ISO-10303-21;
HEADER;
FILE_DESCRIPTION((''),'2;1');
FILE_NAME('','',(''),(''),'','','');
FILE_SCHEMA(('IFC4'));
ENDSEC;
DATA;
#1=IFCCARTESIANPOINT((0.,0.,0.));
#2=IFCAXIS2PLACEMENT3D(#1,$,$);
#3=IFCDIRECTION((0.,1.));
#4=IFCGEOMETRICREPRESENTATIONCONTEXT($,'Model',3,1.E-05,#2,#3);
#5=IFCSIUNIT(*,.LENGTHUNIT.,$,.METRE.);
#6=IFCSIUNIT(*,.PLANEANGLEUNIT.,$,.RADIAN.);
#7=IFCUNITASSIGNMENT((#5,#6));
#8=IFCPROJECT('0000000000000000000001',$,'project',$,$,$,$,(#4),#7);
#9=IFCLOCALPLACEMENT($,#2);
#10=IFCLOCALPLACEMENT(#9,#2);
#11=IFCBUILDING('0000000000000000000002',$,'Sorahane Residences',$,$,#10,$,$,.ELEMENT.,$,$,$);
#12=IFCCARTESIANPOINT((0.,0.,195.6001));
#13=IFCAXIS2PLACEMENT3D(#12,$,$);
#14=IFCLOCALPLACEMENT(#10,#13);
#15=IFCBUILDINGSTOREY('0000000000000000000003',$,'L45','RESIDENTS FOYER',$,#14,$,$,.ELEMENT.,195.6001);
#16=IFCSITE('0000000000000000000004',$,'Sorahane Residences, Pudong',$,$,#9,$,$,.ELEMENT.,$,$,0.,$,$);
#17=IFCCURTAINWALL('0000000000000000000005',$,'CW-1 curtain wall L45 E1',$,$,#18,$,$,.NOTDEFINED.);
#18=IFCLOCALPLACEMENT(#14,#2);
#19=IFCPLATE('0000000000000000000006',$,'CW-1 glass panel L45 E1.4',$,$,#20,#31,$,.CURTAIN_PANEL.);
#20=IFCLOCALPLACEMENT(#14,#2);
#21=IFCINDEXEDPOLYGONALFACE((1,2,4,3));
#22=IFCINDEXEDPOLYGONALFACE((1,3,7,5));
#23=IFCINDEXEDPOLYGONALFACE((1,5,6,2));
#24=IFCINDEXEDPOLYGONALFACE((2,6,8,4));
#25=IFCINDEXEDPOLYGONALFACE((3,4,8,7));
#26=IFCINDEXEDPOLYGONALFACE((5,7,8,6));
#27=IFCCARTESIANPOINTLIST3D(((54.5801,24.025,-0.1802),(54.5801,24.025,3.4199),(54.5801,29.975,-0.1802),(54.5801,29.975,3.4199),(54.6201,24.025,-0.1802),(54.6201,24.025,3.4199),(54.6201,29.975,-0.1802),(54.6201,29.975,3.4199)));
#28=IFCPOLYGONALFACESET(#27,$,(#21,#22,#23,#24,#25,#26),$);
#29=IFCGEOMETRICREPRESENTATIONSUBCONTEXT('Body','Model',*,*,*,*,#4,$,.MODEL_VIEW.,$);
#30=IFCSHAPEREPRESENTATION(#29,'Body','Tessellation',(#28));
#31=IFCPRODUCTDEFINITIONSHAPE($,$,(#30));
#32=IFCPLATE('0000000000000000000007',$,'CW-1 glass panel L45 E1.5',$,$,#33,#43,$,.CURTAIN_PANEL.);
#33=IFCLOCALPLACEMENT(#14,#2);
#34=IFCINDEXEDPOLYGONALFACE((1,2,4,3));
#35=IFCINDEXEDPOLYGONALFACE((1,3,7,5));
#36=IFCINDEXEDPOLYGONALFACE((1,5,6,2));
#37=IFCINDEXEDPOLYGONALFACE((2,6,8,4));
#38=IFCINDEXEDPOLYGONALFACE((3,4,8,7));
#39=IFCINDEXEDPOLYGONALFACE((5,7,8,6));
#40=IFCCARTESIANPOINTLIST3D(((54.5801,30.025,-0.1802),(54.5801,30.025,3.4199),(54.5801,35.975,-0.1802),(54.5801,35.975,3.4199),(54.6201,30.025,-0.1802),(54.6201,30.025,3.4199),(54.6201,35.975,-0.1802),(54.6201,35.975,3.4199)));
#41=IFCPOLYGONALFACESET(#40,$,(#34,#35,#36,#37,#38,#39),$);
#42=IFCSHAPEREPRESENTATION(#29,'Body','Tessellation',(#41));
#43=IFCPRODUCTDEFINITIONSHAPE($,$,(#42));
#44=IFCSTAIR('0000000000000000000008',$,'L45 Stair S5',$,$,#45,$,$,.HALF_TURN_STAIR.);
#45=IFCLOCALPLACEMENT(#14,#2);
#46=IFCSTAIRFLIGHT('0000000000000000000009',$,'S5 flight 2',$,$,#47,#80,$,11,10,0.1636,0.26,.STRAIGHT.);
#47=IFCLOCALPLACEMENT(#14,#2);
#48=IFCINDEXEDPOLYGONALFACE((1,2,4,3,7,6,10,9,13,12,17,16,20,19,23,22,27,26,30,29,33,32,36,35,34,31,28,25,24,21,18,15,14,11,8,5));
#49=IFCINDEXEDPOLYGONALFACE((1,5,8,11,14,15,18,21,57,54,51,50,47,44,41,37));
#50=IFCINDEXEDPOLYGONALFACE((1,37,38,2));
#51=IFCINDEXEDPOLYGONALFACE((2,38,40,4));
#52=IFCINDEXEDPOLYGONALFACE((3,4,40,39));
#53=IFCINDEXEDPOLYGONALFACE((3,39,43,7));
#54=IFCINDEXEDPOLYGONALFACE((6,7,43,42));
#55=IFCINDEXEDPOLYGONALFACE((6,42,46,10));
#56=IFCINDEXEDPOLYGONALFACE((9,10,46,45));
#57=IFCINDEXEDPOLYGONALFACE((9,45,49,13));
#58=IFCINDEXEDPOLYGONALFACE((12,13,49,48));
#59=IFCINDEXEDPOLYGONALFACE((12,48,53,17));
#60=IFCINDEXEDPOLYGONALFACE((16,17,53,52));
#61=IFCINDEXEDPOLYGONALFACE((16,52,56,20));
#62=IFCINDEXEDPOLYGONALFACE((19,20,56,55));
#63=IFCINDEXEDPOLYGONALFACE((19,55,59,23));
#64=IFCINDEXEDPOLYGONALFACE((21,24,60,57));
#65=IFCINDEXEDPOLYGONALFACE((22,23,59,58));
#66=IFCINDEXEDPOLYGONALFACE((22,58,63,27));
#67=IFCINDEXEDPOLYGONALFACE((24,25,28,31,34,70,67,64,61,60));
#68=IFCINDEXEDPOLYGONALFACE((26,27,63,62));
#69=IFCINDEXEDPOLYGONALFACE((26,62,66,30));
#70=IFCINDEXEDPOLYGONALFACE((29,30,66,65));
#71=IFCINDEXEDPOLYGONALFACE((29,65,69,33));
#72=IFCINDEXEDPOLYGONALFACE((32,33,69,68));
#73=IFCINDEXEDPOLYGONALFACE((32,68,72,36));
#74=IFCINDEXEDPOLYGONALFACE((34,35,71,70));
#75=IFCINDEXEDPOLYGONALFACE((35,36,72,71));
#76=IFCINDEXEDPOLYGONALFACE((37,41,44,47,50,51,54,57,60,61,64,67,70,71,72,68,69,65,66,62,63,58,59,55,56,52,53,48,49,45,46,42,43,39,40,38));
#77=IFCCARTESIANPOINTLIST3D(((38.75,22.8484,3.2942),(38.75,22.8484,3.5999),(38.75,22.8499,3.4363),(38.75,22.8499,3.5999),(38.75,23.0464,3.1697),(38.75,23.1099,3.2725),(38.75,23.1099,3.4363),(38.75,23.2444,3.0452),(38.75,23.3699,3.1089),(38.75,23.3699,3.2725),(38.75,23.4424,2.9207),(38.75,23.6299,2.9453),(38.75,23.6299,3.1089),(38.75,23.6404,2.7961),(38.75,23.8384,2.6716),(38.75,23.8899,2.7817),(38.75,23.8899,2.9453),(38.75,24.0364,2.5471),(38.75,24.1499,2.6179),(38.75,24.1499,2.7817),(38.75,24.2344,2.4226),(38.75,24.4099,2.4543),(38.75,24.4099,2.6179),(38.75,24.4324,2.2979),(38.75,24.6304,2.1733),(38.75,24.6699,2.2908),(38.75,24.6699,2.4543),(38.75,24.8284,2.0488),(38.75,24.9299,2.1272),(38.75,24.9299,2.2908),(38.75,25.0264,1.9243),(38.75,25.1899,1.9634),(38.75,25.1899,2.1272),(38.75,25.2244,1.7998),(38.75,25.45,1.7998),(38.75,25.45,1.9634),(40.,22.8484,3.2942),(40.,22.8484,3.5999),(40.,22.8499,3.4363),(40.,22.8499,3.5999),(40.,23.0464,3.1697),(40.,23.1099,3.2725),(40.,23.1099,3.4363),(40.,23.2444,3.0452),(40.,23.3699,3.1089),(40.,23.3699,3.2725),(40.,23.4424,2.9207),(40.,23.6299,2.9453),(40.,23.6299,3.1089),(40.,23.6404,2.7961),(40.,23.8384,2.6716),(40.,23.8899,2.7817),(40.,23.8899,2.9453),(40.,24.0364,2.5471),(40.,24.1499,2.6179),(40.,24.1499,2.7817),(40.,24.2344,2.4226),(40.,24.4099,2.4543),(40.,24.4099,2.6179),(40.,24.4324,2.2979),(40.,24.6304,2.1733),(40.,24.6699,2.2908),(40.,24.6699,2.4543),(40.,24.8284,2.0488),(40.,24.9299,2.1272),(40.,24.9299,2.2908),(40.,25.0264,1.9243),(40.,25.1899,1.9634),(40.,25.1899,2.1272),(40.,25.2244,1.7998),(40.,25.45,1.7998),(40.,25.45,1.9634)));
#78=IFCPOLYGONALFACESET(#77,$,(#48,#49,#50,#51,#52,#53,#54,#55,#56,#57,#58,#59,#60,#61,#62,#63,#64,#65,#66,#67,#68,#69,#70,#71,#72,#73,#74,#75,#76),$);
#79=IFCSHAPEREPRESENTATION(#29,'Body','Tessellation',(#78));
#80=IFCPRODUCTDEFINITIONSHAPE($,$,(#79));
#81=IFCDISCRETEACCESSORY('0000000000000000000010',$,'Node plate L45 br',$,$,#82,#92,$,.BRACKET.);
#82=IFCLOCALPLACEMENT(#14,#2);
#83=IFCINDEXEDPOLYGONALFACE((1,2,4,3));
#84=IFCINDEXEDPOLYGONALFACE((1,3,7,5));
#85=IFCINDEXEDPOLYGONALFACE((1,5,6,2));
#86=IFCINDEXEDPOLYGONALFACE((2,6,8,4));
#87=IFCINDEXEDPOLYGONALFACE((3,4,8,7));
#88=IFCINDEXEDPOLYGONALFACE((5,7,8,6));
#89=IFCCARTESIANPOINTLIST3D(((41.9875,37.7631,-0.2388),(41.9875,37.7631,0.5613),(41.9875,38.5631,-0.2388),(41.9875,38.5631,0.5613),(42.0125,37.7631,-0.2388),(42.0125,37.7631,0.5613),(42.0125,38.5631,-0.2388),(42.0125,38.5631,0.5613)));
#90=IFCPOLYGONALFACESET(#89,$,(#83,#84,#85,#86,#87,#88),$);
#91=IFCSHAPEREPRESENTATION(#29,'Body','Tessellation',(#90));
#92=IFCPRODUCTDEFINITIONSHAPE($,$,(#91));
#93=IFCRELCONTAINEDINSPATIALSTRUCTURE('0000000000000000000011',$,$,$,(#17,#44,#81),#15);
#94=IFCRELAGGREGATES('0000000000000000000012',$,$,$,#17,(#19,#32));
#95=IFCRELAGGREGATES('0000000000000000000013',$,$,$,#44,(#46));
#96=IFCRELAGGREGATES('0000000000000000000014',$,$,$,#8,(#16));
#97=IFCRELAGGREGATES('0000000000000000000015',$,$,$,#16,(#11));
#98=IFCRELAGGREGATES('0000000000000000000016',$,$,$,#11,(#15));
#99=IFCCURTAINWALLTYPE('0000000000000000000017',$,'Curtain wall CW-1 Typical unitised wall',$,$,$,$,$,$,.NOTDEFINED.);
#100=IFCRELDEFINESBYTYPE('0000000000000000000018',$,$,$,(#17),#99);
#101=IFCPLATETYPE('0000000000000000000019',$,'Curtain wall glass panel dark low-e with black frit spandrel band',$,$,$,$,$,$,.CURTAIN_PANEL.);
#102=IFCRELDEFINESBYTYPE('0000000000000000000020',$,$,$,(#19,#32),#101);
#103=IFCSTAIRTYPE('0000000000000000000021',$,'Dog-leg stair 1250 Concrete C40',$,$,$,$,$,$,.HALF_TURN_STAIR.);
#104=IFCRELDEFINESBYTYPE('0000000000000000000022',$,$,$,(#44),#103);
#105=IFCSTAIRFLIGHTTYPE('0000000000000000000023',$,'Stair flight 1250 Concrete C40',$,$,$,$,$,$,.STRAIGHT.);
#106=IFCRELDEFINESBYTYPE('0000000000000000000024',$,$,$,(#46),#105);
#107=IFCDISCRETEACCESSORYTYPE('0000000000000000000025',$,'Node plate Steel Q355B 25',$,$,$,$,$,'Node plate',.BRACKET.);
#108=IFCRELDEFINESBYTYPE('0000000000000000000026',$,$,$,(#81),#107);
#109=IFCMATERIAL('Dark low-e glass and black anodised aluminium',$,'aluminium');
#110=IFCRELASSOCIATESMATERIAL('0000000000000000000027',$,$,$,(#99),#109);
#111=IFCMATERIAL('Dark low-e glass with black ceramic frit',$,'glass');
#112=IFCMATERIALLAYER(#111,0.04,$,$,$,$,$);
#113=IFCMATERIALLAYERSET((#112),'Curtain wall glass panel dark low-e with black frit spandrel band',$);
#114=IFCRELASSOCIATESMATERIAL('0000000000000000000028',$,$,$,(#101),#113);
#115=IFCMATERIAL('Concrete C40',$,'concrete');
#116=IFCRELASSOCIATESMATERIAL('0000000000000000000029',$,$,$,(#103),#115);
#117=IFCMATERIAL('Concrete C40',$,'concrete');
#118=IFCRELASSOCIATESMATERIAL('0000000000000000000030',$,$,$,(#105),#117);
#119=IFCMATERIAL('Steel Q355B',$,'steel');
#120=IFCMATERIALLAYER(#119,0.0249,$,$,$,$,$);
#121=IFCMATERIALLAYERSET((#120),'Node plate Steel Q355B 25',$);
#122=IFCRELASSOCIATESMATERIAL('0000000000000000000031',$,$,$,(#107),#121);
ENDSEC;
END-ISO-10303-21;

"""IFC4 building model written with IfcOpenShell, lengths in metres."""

from ifc_helpers import new_model, si_unit, direction, frame, origin, origin_2d, place, context, subcontext, project, spatial, polyline, rectangle, outline, extrude, material, layer, layer_set, type_object, element, aggregate, save


model = new_model("IFC4")

# Units and contexts
model_context = context("Model", 3, precision=1e-05, world=origin(), true_north=direction((0.0, 1.0)))
body_context = subcontext(model_context, "Body", "Model", "MODEL_VIEW")
ifc_project = project(units=[si_unit("LENGTHUNIT", "METRE"), si_unit("PLANEANGLEUNIT", "RADIAN")], contexts=[model_context])

# Site, building, storey
site_placement = place(None, origin())
site = spatial("IfcSite", under=ifc_project, at=site_placement, Name="Sorahane Residences, Pudong", CompositionType="ELEMENT", RefElevation=0.0)
building_placement = place(site_placement, origin())
building = spatial("IfcBuilding", under=site, at=building_placement, Name="Sorahane Residences", CompositionType="ELEMENT")
storey_placement = place(building_placement, frame((0.0, 0.0, 195.6001)))
storey = spatial("IfcBuildingStorey", under=building, at=storey_placement, Name="L45", Description="RESIDENTS FOYER", CompositionType="ELEMENT", Elevation=195.6001)

# Curtain wall
ifc_material_1 = material(Name="Dark low-e glass and black anodised aluminium", Category="aluminium")
curtain_wall_type = type_object("IfcCurtainWallType", Name="Curtain wall CW-1 Typical unitised wall", PredefinedType="NOTDEFINED", material=ifc_material_1)
curtain_wall_placement = place(storey_placement, origin())
curtain_wall = element("IfcCurtainWall", 1, at=curtain_wall_placement, inside=storey, type_object=curtain_wall_type, Name="CW-1 curtain wall L45 E1", PredefinedType="NOTDEFINED")

# Plates
ifc_material_2 = material(Name="Dark low-e glass with black ceramic frit", Category="glass")
ifc_layer_1 = layer(ifc_material_2, 0.04)
ifc_layer_set_1 = layer_set([ifc_layer_1], Name="Curtain wall glass panel dark low-e with black frit spandrel band")
plate_type = type_object("IfcPlateType", Name="Curtain wall glass panel dark low-e with black frit spandrel band", PredefinedType="CURTAIN_PANEL", material=ifc_layer_set_1)
plate_1_placement = place(storey_placement, frame((54.6001, 27.0, -0.1802), z_axis=(0.0, 0.0, 1.0), x_axis=(0.0, 1.0, 0.0)))
plate_1 = element("IfcPlate", 2, at=plate_1_placement, type_object=plate_type, Name="CW-1 glass panel L45 E1.4", PredefinedType="CURTAIN_PANEL", context=body_context, shape_type="SweptSolid", body=[
    extrude(rectangle(XDim=5.95, YDim=0.04, at=origin_2d()), origin(), (0.0, 0.0, 1.0), 3.6001),
])
plate_2_placement = place(storey_placement, frame((54.6001, 33.0, -0.1802), z_axis=(0.0, 0.0, 1.0), x_axis=(0.0, 1.0, 0.0)))
plate_2 = element("IfcPlate", 3, at=plate_2_placement, type_object=plate_type, Name="CW-1 glass panel L45 E1.5", PredefinedType="CURTAIN_PANEL", context=body_context, shape_type="SweptSolid", body=[
    extrude(rectangle(XDim=5.95, YDim=0.04, at=origin_2d()), origin(), (0.0, 0.0, 1.0), 3.6001),
])
aggregate(curtain_wall, [plate_1, plate_2])

# Stair, stair flight
ifc_material_3 = material(Name="Concrete C40", Category="concrete")
stair_type = type_object("IfcStairType", Name="Dog-leg stair 1250 Concrete C40", PredefinedType="HALF_TURN_STAIR", material=ifc_material_3)
stair_placement = place(storey_placement, origin())
stair = element("IfcStair", 4, at=stair_placement, inside=storey, type_object=stair_type, Name="L45 Stair S5", PredefinedType="HALF_TURN_STAIR")
ifc_material_4 = material(Name="Concrete C40", Category="concrete")
stair_flight_type = type_object("IfcStairFlightType", Name="Stair flight 1250 Concrete C40", PredefinedType="STRAIGHT", material=ifc_material_4)
stair_flight_placement = place(storey_placement, frame((39.375, 25.45, 1.7998), z_axis=(0.0, 0.0, 1.0), x_axis=(0.0, -1.0, 0.0)))
stair_flight = element("IfcStairFlight", 5, at=stair_flight_placement, type_object=stair_flight_type, Name="S5 flight 2", NumberOfRisers=11, NumberOfTreads=10, PredefinedType="STRAIGHT", RiserHeight=0.1636, TreadLength=0.26, context=body_context, shape_type="SweptSolid", body=[
    extrude(outline(polyline([(0.0, 0.0), (0.0, 0.1636), (0.26, 0.1636), (0.26, 0.3274), (0.52, 0.3274), (0.52, 0.491), (0.78, 0.491), (0.78, 0.6545), (1.04, 0.6545), (1.04, 0.8181), (1.3, 0.8181), (1.3, 0.9819), (1.5601, 0.9819), (1.5601, 1.1455), (1.8201, 1.1455), (1.8201, 1.3091), (2.0801, 1.3091), (2.0801, 1.4727), (2.3401, 1.4727), (2.3401, 1.6365), (2.6001, 1.6365), (2.6001, 1.8), (2.6016, 1.8), (2.6016, 1.4944), (2.4036, 1.3699), (2.2056, 1.2454), (2.0076, 1.1208), (1.8096, 0.9963), (1.6116, 0.8718), (1.4136, 0.7473), (1.2156, 0.6228), (1.0176, 0.498), (0.8196, 0.3735), (0.6216, 0.249), (0.4236, 0.1245), (0.2256, 0.0), (0.0, 0.0)])), frame((0.0, 0.625, 0.0), z_axis=(0.0, -1.0, 0.0), x_axis=(1.0, 0.0, 0.0)), (0.0, 0.0, 1.0), 1.25),
])
aggregate(stair, [stair_flight])

# Discrete accessory
ifc_material_5 = material(Name="Steel Q355B", Category="steel")
ifc_layer_2 = layer(ifc_material_5, 0.0249)
ifc_layer_set_2 = layer_set([ifc_layer_2], Name="Node plate Steel Q355B 25")
discrete_accessory_type = type_object("IfcDiscreteAccessoryType", Name="Node plate Steel Q355B 25", ElementType="Node plate", PredefinedType="BRACKET", material=ifc_layer_set_2)
discrete_accessory_placement = place(storey_placement, frame((42.0, 38.1631, -0.2388), z_axis=(0.0, 0.0, 1.0), x_axis=(0.0, 1.0, 0.0)))
element("IfcDiscreteAccessory", 6, at=discrete_accessory_placement, inside=storey, type_object=discrete_accessory_type, Name="Node plate L45 br", PredefinedType="BRACKET", context=body_context, shape_type="SweptSolid", body=[
    extrude(rectangle(XDim=0.8, YDim=0.0249, at=origin_2d()), origin(), (0.0, 0.0, 1.0), 0.8),
])

save(model, "model.ifc")
